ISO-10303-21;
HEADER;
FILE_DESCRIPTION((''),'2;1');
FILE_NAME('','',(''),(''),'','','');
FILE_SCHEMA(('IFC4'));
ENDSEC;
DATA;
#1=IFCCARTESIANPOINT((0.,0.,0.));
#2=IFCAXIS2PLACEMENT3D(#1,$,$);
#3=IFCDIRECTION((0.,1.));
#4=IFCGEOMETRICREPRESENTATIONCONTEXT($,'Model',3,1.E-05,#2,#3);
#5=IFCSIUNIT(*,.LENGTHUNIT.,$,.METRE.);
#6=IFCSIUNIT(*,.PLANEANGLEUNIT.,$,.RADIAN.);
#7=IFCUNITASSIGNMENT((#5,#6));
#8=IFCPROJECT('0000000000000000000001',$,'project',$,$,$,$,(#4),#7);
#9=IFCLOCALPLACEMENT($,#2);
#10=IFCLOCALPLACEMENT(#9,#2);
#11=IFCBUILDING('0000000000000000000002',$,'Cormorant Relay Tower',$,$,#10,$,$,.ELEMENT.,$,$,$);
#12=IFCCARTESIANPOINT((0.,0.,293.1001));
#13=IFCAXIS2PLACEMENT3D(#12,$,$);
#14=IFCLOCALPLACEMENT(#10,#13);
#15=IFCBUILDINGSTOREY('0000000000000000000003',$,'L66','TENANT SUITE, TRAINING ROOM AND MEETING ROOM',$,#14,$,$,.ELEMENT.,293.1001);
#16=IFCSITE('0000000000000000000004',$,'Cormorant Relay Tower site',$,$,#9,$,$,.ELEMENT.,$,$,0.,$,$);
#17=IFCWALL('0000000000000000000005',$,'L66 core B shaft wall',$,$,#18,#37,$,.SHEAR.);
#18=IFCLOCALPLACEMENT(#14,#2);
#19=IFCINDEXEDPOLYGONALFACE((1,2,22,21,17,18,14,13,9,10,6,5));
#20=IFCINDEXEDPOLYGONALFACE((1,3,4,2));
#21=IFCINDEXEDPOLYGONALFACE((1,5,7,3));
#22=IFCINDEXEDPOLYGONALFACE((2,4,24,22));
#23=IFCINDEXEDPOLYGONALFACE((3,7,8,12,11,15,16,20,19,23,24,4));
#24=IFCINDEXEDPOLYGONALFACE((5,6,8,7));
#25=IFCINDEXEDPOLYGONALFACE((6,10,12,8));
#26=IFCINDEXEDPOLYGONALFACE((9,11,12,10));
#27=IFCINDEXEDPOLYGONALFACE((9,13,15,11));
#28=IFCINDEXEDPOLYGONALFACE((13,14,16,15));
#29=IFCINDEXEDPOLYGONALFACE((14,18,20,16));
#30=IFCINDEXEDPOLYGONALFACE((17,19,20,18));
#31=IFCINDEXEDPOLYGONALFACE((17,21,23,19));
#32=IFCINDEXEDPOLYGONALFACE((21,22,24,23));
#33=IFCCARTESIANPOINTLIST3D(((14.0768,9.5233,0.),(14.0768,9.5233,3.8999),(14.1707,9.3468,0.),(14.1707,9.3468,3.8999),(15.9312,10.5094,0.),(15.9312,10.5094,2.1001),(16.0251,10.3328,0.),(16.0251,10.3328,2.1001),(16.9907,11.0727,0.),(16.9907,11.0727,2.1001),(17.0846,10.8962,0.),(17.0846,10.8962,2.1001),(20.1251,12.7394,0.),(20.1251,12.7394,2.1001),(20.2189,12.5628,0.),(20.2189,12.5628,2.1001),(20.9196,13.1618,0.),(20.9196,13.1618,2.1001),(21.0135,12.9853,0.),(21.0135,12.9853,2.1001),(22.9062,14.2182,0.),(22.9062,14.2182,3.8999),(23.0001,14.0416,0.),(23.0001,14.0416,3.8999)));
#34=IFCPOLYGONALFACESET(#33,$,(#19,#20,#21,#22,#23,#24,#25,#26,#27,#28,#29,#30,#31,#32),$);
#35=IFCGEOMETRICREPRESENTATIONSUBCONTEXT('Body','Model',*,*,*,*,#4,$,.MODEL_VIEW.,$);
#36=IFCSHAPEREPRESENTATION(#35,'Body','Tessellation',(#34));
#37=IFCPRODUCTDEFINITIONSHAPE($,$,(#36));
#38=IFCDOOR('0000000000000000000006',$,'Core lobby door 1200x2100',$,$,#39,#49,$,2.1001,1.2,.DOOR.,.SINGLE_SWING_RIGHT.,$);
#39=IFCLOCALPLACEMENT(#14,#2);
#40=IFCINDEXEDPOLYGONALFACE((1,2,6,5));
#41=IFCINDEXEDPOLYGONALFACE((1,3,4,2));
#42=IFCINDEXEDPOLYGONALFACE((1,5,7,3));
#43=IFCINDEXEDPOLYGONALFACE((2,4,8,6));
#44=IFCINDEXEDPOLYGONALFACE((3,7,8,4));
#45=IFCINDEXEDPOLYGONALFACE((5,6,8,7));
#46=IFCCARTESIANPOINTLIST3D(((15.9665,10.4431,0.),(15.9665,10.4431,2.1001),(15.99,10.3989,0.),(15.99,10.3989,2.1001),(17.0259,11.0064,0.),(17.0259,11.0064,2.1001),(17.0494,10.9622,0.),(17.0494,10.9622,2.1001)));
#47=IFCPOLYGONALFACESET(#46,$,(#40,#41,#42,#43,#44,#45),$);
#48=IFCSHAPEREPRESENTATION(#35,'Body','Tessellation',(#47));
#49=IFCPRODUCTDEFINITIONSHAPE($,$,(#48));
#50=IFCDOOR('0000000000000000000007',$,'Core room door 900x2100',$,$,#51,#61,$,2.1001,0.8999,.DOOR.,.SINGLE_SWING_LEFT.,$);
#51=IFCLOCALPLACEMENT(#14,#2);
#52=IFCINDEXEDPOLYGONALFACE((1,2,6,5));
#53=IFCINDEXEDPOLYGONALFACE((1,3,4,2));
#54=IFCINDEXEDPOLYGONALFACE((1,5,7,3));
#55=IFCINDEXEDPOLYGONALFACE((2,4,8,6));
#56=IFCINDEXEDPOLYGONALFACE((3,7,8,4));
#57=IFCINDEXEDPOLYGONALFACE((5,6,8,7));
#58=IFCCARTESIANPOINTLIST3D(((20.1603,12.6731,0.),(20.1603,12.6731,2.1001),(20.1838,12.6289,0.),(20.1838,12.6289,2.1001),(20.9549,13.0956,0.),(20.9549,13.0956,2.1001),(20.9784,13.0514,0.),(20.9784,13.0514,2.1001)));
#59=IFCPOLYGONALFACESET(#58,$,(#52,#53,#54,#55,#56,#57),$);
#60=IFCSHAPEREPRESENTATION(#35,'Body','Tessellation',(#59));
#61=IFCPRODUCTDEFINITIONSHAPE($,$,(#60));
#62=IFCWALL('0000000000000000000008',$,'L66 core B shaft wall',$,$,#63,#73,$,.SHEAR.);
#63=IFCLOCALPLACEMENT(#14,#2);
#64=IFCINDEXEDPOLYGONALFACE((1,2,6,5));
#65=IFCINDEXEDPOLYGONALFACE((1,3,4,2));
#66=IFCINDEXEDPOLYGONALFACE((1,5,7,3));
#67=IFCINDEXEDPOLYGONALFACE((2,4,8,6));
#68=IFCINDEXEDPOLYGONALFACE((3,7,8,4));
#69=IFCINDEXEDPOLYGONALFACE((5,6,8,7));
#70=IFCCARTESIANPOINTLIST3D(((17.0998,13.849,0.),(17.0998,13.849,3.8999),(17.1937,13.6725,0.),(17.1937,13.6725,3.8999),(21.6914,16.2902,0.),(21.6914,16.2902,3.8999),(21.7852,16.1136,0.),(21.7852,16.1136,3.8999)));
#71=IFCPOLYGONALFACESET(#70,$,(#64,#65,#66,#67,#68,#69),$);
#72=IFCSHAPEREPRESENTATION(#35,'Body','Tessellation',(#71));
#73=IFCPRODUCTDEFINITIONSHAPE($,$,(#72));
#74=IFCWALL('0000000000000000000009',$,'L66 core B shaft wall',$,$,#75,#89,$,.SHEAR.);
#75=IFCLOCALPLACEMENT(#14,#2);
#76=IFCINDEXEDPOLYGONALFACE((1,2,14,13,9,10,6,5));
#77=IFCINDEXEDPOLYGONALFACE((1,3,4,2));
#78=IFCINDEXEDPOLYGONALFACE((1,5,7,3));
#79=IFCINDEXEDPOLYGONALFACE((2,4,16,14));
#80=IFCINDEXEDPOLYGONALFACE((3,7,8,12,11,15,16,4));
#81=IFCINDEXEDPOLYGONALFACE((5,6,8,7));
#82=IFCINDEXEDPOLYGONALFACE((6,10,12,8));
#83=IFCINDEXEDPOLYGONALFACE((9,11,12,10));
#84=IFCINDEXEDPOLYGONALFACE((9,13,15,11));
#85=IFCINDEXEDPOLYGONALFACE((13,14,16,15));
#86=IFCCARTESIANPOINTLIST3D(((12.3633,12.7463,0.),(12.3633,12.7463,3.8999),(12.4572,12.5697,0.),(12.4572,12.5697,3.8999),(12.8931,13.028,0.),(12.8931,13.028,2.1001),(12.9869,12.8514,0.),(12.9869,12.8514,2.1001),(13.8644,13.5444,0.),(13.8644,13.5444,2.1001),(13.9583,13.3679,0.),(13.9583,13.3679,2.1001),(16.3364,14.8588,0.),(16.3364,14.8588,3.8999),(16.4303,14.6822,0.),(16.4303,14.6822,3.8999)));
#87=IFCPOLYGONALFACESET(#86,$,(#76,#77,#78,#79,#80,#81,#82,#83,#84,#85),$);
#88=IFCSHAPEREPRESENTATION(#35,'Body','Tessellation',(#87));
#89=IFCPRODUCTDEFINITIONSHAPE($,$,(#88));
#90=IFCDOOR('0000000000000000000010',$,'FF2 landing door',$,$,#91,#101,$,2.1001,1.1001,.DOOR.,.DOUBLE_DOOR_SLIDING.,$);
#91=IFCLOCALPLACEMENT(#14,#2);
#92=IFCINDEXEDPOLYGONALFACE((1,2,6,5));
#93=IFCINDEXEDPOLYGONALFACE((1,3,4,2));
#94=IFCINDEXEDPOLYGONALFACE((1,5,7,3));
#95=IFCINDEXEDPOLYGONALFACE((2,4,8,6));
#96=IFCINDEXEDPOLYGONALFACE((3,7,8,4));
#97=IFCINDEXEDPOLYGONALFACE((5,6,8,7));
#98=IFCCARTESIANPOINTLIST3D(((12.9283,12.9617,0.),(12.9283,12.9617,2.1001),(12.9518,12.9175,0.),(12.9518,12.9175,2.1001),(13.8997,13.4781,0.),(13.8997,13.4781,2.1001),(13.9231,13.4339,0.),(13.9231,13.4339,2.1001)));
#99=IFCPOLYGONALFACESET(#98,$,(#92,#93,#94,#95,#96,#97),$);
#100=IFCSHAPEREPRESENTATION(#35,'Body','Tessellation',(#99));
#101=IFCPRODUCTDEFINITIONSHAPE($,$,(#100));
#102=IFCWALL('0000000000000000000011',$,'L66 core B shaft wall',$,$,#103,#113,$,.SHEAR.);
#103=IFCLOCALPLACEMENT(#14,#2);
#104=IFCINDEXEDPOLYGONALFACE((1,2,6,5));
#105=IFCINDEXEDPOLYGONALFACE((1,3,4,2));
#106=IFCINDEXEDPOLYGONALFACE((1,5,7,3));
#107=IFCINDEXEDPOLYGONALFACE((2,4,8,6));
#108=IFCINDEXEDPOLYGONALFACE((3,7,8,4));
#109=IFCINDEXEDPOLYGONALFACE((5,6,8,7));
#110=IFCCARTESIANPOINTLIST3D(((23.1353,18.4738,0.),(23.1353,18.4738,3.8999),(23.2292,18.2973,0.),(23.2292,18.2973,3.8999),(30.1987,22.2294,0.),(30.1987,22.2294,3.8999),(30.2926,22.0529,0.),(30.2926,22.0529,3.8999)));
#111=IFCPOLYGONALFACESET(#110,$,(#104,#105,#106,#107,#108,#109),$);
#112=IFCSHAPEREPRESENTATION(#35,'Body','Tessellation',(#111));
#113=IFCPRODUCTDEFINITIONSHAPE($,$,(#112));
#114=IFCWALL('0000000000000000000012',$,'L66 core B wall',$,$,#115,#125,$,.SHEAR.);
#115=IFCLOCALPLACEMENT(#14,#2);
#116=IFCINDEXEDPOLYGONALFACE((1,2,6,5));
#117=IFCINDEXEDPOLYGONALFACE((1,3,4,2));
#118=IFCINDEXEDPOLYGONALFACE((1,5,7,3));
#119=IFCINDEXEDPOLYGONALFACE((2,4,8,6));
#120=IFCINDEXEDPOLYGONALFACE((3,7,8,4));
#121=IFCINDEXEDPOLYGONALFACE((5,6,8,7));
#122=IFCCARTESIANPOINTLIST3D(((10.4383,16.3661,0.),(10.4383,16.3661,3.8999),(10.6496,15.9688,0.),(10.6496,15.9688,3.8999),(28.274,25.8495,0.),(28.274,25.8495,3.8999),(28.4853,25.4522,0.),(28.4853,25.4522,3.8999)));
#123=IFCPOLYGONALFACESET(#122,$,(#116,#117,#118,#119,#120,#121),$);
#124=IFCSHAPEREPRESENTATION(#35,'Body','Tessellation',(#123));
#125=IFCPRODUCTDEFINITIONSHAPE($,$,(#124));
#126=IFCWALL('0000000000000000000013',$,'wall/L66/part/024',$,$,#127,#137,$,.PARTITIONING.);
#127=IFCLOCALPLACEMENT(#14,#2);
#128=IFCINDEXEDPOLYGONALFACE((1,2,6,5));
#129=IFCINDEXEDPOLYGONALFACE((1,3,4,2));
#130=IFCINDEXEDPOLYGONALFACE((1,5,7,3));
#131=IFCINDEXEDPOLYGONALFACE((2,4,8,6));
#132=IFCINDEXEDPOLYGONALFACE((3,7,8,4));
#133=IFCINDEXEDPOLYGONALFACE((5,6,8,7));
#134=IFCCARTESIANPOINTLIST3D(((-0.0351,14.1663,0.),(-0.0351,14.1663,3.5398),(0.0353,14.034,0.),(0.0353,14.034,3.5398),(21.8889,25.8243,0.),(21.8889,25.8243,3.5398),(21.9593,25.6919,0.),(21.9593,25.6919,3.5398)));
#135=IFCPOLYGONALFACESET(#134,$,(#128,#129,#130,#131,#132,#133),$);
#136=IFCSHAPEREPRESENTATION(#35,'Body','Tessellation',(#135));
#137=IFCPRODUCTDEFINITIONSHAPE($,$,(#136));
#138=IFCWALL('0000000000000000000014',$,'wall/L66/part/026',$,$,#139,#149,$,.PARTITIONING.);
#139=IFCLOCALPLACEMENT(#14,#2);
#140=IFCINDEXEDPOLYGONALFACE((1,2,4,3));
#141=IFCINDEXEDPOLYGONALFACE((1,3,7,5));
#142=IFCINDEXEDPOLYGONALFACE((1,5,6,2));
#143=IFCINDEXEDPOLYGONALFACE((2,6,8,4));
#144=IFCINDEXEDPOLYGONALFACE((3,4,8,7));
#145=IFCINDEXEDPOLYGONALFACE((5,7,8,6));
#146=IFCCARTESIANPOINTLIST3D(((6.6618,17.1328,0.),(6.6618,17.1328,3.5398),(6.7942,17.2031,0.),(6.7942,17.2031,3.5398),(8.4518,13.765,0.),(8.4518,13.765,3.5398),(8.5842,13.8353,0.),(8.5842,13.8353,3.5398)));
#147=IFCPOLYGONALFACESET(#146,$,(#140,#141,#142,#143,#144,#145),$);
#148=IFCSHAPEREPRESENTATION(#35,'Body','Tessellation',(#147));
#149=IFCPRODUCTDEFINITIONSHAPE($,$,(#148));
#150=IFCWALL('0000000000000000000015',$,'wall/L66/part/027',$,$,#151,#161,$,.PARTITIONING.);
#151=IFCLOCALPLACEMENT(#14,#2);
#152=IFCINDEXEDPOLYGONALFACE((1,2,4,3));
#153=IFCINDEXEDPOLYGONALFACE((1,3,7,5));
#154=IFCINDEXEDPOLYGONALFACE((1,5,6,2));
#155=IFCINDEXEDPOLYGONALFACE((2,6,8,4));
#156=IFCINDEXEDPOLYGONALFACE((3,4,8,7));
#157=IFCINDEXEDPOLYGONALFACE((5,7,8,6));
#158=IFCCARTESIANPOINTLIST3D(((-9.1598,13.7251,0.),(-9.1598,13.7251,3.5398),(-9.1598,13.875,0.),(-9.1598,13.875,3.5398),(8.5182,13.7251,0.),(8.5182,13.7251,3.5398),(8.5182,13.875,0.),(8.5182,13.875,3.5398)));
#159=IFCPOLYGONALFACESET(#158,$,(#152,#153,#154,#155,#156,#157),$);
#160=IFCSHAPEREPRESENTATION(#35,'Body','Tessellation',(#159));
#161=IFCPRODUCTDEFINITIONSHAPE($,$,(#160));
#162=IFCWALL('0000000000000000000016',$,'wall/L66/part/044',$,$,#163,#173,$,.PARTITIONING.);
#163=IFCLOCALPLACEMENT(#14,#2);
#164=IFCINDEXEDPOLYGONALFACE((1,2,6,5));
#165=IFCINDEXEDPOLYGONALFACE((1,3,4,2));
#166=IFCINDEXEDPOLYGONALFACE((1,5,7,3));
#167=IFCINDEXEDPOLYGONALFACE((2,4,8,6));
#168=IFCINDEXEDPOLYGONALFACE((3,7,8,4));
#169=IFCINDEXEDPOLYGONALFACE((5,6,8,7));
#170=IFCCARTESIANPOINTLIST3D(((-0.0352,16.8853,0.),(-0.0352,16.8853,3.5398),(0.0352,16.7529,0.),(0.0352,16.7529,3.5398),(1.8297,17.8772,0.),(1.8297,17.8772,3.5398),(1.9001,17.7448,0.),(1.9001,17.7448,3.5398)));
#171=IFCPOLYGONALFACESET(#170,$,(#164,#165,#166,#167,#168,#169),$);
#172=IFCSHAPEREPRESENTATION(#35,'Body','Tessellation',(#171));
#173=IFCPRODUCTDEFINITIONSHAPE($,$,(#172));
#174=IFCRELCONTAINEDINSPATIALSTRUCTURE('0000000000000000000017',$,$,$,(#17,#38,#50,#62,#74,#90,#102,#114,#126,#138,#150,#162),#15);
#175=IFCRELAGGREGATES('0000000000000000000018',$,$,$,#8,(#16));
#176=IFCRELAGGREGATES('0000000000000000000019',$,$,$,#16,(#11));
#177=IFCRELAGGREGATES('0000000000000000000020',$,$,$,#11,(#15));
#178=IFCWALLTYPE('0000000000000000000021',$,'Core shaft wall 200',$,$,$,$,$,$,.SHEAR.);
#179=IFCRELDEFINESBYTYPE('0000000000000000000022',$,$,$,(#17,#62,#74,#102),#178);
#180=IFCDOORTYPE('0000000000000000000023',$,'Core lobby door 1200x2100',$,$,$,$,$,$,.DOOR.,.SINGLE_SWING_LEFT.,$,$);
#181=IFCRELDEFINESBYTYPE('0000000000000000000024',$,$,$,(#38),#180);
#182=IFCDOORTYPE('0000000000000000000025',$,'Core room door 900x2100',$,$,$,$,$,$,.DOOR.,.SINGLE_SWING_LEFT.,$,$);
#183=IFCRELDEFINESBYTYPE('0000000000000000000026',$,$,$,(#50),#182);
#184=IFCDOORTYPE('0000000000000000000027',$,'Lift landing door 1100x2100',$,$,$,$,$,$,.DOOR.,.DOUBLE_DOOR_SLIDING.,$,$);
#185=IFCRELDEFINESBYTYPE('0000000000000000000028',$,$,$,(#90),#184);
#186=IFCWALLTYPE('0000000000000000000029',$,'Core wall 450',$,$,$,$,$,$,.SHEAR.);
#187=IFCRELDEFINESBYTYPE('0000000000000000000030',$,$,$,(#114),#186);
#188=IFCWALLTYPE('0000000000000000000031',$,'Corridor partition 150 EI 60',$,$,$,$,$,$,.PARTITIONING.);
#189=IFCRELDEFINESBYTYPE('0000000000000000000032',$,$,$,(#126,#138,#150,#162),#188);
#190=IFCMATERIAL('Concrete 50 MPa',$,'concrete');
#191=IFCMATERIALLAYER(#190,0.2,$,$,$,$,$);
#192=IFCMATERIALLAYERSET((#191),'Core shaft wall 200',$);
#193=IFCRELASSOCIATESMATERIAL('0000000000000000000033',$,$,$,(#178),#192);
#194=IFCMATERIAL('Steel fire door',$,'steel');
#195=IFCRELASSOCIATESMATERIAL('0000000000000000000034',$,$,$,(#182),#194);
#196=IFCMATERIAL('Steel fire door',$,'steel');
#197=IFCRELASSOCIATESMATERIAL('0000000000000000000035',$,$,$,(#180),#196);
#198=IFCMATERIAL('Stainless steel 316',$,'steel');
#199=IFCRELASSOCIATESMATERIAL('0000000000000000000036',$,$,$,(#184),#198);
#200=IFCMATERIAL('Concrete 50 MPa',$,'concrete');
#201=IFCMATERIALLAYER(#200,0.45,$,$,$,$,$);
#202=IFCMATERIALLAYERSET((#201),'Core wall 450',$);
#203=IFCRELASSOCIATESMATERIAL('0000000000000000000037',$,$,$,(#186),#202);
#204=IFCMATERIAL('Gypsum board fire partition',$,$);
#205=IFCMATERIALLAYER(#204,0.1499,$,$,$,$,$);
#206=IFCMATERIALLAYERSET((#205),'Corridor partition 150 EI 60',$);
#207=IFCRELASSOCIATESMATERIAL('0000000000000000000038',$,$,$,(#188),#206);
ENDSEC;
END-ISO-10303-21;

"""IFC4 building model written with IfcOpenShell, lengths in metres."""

from ifc_helpers import new_model, si_unit, direction, frame, frame_2d, origin, place, context, subcontext, project, spatial, rectangle, extrude, material, layer, layer_set, type_object, element, fill, save


model = new_model("IFC4")

# Units and contexts
model_context = context("Model", 3, precision=1e-05, world=origin(), true_north=direction((0.0, 1.0)))
body_context = subcontext(model_context, "Body", "Model", "MODEL_VIEW")
ifc_project = project(units=[si_unit("LENGTHUNIT", "METRE"), si_unit("PLANEANGLEUNIT", "RADIAN")], contexts=[model_context])

# Site, building, storey
site_placement = place(None, origin())
site = spatial("IfcSite", under=ifc_project, at=site_placement, Name="Cormorant Relay Tower site", CompositionType="ELEMENT", RefElevation=0.0)
building_placement = place(site_placement, origin())
building = spatial("IfcBuilding", under=site, at=building_placement, Name="Cormorant Relay Tower", CompositionType="ELEMENT")
storey_placement = place(building_placement, frame((0.0, 0.0, 293.1001)))
storey = spatial("IfcBuildingStorey", under=building, at=storey_placement, Name="L66", Description="TENANT SUITE, TRAINING ROOM AND MEETING ROOM", CompositionType="ELEMENT", Elevation=293.1001)

# Shared definitions
ifc_material_1 = material(Name="Concrete 50 MPa", Category="concrete")
ifc_layer_1 = layer(ifc_material_1, 0.2)
ifc_layer_set_1 = layer_set([ifc_layer_1], Name="Core shaft wall 200")
wall_type_1 = type_object("IfcWallType", Name="Core shaft wall 200", PredefinedType="SHEAR", material=ifc_layer_set_1)

# Shared definitions
ifc_material_2 = material(Name="Steel fire door", Category="steel")
door_type_1 = type_object("IfcDoorType", Name="Core room door 900x2100", OperationType="SINGLE_SWING_LEFT", PredefinedType="DOOR", material=ifc_material_2)

# Wall, openings, doors
wall_1_placement = place(storey_placement, frame((14.1238, 9.4351, 0.0), z_axis=(0.0, 0.0, 1.0), x_axis=(0.88294, 0.469485, 0.0)))
wall_1 = element("IfcWall", 1, at=wall_1_placement, inside=storey, type_object=wall_type_1, Name="L66 core B shaft wall", PredefinedType="SHEAR", context=body_context, shape_type="SweptSolid", body=[
    extrude(rectangle(XDim=10.0, YDim=0.2, at=frame_2d((5.0, 0.0))), origin(), (0.0, 0.0, 1.0), 3.8999),
])
opening_1_placement = place(wall_1_placement, frame((2.1001, 0.0, 0.0)))
opening_1 = element("IfcOpeningElement", 2, at=opening_1_placement, cuts=wall_1, PredefinedType="OPENING", context=body_context, shape_type="SweptSolid", body=[
    extrude(rectangle(XDim=1.2, YDim=2.1001, at=frame_2d((0.6001, 1.05))), frame((0.0, 0.1099, 0.0), z_axis=(0.0, -1.0, 0.0), x_axis=(1.0, 0.0, 0.0)), (0.0, 0.0, 1.0), 0.22),
])
opening_2_placement = place(wall_1_placement, frame((6.8501, 0.0, 0.0)))
opening_2 = element("IfcOpeningElement", 3, at=opening_2_placement, cuts=wall_1, PredefinedType="OPENING", context=body_context, shape_type="SweptSolid", body=[
    extrude(rectangle(XDim=0.8999, YDim=2.1001, at=frame_2d((0.45, 1.05))), frame((0.0, 0.1099, 0.0), z_axis=(0.0, -1.0, 0.0), x_axis=(1.0, 0.0, 0.0)), (0.0, 0.0, 1.0), 0.22),
])
ifc_material_3 = material(Name="Steel fire door", Category="steel")
door_type_2 = type_object("IfcDoorType", Name="Core lobby door 1200x2100", OperationType="SINGLE_SWING_LEFT", PredefinedType="DOOR", material=ifc_material_3)
door_1_placement = place(opening_1_placement, origin())
door_1 = element("IfcDoor", 4, at=door_1_placement, inside=storey, type_object=door_type_2, Name="Core lobby door 1200x2100", OperationType="SINGLE_SWING_RIGHT", OverallHeight=2.1001, OverallWidth=1.2, PredefinedType="DOOR", context=body_context, shape_type="SweptSolid", body=[
    extrude(rectangle(XDim=1.2, YDim=2.1001, at=frame_2d((0.6001, 1.05))), frame((0.0, 0.0249, 0.0), z_axis=(0.0, -1.0, 0.0), x_axis=(1.0, 0.0, 0.0)), (0.0, 0.0, 1.0), 0.05),
])
fill(opening_1, door_1)
door_2_placement = place(opening_2_placement, origin())
door_2 = element("IfcDoor", 5, at=door_2_placement, inside=storey, type_object=door_type_1, Name="Core room door 900x2100", OperationType="SINGLE_SWING_LEFT", OverallHeight=2.1001, OverallWidth=0.8999, PredefinedType="DOOR", context=body_context, shape_type="SweptSolid", body=[
    extrude(rectangle(XDim=0.8999, YDim=2.1001, at=frame_2d((0.45, 1.05))), frame((0.0, 0.0249, 0.0), z_axis=(0.0, -1.0, 0.0), x_axis=(1.0, 0.0, 0.0)), (0.0, 0.0, 1.0), 0.05),
])
fill(opening_2, door_2)

# Wall
wall_2_placement = place(storey_placement, frame((17.1467, 13.7607, 0.0), z_axis=(0.0, 0.0, 1.0), x_axis=(0.882964, 0.46944, 0.0)))
element("IfcWall", 6, at=wall_2_placement, inside=storey, type_object=wall_type_1, Name="L66 core B shaft wall", PredefinedType="SHEAR", context=body_context, shape_type="SweptSolid", body=[
    extrude(rectangle(XDim=5.2002, YDim=0.2, at=frame_2d((2.6001, 0.0))), origin(), (0.0, 0.0, 1.0), 3.8999),
])

# Wall, opening, door
wall_3_placement = place(storey_placement, frame((12.4102, 12.658, 0.0), z_axis=(0.0, 0.0, 1.0), x_axis=(0.882948, 0.46947, 0.0)))
wall_3 = element("IfcWall", 7, at=wall_3_placement, inside=storey, type_object=wall_type_1, Name="L66 core B shaft wall", PredefinedType="SHEAR", context=body_context, shape_type="SweptSolid", body=[
    extrude(rectangle(XDim=4.4998, YDim=0.2, at=frame_2d((2.25, 0.0))), origin(), (0.0, 0.0, 1.0), 3.8999),
])
opening_3_placement = place(wall_3_placement, frame((0.6001, 0.0, 0.0)))
opening_3 = element("IfcOpeningElement", 8, at=opening_3_placement, cuts=wall_3, PredefinedType="OPENING", context=body_context, shape_type="SweptSolid", body=[
    extrude(rectangle(XDim=1.1001, YDim=2.1001, at=frame_2d((0.55, 1.05))), frame((0.0, 0.1099, 0.0), z_axis=(0.0, -1.0, 0.0), x_axis=(1.0, 0.0, 0.0)), (0.0, 0.0, 1.0), 0.22),
])
ifc_material_4 = material(Name="Stainless steel 316", Category="steel")
door_type_3 = type_object("IfcDoorType", Name="Lift landing door 1100x2100", OperationType="DOUBLE_DOOR_SLIDING", PredefinedType="DOOR", material=ifc_material_4)
door_3_placement = place(opening_3_placement, origin())
door_3 = element("IfcDoor", 9, at=door_3_placement, inside=storey, type_object=door_type_3, Name="FF2 landing door", OperationType="DOUBLE_DOOR_SLIDING", OverallHeight=2.1001, OverallWidth=1.1001, PredefinedType="DOOR", context=body_context, shape_type="SweptSolid", body=[
    extrude(rectangle(XDim=1.1001, YDim=2.1001, at=frame_2d((0.55, 1.05))), frame((0.0, 0.0249, 0.0), z_axis=(0.0, -1.0, 0.0), x_axis=(1.0, 0.0, 0.0)), (0.0, 0.0, 1.0), 0.05),
])
fill(opening_3, door_3)

# Walls
wall_4_placement = place(storey_placement, frame((23.1821, 18.3855, 0.0), z_axis=(0.0, 0.0, 1.0), x_axis=(0.882953, 0.469462, 0.0)))
element("IfcWall", 10, at=wall_4_placement, inside=storey, type_object=wall_type_1, Name="L66 core B shaft wall", PredefinedType="SHEAR", context=body_context, shape_type="SweptSolid", body=[
    extrude(rectangle(XDim=7.9998, YDim=0.2, at=frame_2d((4.0, 0.0))), origin(), (0.0, 0.0, 1.0), 3.8999),
])
ifc_material_5 = material(Name="Concrete 50 MPa", Category="concrete")
ifc_layer_2 = layer(ifc_material_5, 0.45)
ifc_layer_set_2 = layer_set([ifc_layer_2], Name="Core wall 450")
wall_type_2 = type_object("IfcWallType", Name="Core wall 450", PredefinedType="SHEAR", material=ifc_layer_set_2)
wall_5_placement = place(storey_placement, frame((10.5439, 16.1675, 0.0), z_axis=(0.0, 0.0, 1.0), x_axis=(0.882948, 0.469471, 0.0)))
element("IfcWall", 11, at=wall_5_placement, inside=storey, type_object=wall_type_2, Name="L66 core B wall", PredefinedType="SHEAR", context=body_context, shape_type="SweptSolid", body=[
    extrude(rectangle(XDim=20.2002, YDim=0.45, at=frame_2d((10.1001, 0.0))), origin(), (0.0, 0.0, 1.0), 3.8999),
])
ifc_material_6 = material(Name="Gypsum board fire partition")
ifc_layer_3 = layer(ifc_material_6, 0.1499)
ifc_layer_set_3 = layer_set([ifc_layer_3], Name="Corridor partition 150 EI 60")
wall_type_3 = type_object("IfcWallType", Name="Corridor partition 150 EI 60", PredefinedType="PARTITIONING", material=ifc_layer_set_3)
wall_6_placement = place(storey_placement, frame((0.0, 14.1001, 0.0), z_axis=(0.0, 0.0, 1.0), x_axis=(0.882936, 0.469494, 0.0)))
element("IfcWall", 12, at=wall_6_placement, inside=storey, type_object=wall_type_3, Name="wall/L66/part/024", PredefinedType="PARTITIONING", context=body_context, shape_type="SweptSolid", body=[
    extrude(rectangle(XDim=24.8308, YDim=0.1499, at=frame_2d((12.4155, 0.0))), origin(), (0.0, 0.0, 1.0), 3.5398),
])
wall_7_placement = place(storey_placement, frame((6.728, 17.168, 0.0), z_axis=(0.0, 0.0, 1.0), x_axis=(0.469325, -0.883025, 0.0)))
element("IfcWall", 13, at=wall_7_placement, inside=storey, type_object=wall_type_3, Name="wall/L66/part/026", PredefinedType="PARTITIONING", context=body_context, shape_type="SweptSolid", body=[
    extrude(rectangle(XDim=3.814, YDim=0.1499, at=frame_2d((1.907, 0.0))), origin(), (0.0, 0.0, 1.0), 3.5398),
])
wall_8_placement = place(storey_placement, frame((8.5181, 13.8, 0.0), z_axis=(0.0, 0.0, 1.0), x_axis=(-1.0, 0.0, 0.0)))
element("IfcWall", 14, at=wall_8_placement, inside=storey, type_object=wall_type_3, Name="wall/L66/part/027", PredefinedType="PARTITIONING", context=body_context, shape_type="SweptSolid", body=[
    extrude(rectangle(XDim=17.678, YDim=0.1499, at=frame_2d((8.8389, 0.0))), origin(), (0.0, 0.0, 1.0), 3.5398),
])
wall_9_placement = place(storey_placement, frame((0.0, 16.8191, 0.0), z_axis=(0.0, 0.0, 1.0), x_axis=(0.882887, 0.469586, 0.0)))
element("IfcWall", 15, at=wall_9_placement, inside=storey, type_object=wall_type_3, Name="wall/L66/part/044", PredefinedType="PARTITIONING", context=body_context, shape_type="SweptSolid", body=[
    extrude(rectangle(XDim=2.1123, YDim=0.1499, at=frame_2d((1.0562, 0.0))), origin(), (0.0, 0.0, 1.0), 3.5398),
])

save(model, "model.ifc")
